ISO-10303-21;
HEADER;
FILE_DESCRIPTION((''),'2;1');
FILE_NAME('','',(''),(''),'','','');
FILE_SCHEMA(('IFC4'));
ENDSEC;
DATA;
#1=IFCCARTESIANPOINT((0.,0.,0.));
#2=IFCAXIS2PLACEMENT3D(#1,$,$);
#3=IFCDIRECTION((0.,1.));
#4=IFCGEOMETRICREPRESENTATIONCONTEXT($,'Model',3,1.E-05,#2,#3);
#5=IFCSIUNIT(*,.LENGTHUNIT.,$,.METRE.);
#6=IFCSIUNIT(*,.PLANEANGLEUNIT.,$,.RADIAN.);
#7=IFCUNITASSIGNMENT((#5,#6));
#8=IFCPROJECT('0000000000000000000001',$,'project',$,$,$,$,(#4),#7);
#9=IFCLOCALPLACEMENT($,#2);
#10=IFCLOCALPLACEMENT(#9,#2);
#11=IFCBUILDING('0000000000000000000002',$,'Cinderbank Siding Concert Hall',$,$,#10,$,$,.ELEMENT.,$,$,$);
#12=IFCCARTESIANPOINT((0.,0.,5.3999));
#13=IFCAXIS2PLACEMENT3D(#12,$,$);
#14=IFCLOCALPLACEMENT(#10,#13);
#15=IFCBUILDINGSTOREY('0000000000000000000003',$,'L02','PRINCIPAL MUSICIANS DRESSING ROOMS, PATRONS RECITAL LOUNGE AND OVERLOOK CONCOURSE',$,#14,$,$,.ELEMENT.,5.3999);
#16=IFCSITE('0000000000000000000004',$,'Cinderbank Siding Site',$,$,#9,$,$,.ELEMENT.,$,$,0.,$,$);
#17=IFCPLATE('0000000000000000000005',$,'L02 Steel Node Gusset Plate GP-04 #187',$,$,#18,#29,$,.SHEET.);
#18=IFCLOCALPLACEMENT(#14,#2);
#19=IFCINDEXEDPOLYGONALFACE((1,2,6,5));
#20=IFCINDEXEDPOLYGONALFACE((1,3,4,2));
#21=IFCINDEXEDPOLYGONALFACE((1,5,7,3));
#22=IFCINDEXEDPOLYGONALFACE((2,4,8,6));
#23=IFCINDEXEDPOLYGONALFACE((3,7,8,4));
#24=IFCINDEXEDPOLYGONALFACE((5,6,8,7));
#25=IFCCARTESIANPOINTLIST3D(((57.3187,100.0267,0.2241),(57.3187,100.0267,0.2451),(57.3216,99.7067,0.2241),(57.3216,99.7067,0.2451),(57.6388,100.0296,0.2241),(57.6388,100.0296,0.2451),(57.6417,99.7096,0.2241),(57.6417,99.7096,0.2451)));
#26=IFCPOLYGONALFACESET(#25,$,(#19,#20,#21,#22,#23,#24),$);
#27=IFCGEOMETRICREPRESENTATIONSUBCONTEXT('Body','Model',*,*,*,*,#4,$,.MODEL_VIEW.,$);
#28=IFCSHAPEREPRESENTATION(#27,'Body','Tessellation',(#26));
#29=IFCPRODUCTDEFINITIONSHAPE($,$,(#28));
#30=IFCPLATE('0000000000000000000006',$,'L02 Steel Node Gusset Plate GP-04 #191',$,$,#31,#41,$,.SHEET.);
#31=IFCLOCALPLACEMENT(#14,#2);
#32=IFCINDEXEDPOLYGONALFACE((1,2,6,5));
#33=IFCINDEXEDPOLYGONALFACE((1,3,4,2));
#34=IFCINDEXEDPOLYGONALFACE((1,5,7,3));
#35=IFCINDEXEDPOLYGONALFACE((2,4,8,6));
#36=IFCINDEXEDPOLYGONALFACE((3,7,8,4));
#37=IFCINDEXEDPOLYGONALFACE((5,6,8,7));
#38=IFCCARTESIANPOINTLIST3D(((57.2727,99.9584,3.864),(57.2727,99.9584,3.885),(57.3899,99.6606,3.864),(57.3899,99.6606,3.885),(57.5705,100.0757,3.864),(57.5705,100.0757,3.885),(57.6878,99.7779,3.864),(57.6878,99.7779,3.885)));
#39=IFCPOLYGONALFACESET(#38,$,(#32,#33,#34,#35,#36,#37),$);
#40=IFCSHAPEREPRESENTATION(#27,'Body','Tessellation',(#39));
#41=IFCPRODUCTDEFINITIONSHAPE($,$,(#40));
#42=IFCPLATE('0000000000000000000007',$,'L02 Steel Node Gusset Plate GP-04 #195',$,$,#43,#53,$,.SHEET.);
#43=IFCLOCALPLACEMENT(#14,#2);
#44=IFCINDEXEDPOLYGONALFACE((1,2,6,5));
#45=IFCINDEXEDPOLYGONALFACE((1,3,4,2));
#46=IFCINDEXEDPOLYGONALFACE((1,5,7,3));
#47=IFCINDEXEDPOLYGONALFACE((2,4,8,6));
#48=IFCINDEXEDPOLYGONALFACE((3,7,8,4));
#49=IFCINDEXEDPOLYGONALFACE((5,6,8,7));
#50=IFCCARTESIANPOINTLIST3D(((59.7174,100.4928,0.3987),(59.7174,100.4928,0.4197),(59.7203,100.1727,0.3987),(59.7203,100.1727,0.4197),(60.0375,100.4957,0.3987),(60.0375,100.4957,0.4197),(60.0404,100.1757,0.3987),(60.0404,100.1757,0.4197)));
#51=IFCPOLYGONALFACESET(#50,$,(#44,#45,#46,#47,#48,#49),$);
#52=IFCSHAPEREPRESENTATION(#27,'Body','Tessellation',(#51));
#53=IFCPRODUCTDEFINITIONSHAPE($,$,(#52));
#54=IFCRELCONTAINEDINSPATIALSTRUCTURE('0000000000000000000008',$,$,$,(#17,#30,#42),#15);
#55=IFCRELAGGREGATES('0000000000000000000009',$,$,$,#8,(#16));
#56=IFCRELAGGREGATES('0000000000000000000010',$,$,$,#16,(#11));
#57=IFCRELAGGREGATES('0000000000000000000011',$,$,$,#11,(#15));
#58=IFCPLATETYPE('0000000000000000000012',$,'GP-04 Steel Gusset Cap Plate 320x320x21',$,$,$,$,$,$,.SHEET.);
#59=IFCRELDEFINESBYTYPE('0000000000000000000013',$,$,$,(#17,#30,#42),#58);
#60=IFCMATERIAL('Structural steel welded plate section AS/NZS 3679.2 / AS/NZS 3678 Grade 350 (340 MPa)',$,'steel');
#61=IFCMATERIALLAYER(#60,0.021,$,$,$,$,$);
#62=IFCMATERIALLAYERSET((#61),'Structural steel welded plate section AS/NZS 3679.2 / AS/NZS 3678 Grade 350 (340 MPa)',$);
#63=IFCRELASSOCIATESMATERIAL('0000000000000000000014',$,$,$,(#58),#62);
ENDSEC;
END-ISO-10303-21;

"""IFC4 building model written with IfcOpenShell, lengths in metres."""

from ifc_helpers import new_model, si_unit, direction, frame, origin, origin_2d, place, context, subcontext, project, spatial, rectangle, extrude, material, layer, layer_set, type_object, element, save


model = new_model("IFC4")

# Units and contexts
model_context = context("Model", 3, precision=1e-05, world=origin(), true_north=direction((0.0, 1.0)))
body_context = subcontext(model_context, "Body", "Model", "MODEL_VIEW")
ifc_project = project(units=[si_unit("LENGTHUNIT", "METRE"), si_unit("PLANEANGLEUNIT", "RADIAN")], contexts=[model_context])

# Site, building, storey
site_placement = place(None, origin())
site = spatial("IfcSite", under=ifc_project, at=site_placement, Name="Cinderbank Siding Site", CompositionType="ELEMENT", RefElevation=0.0)
building_placement = place(site_placement, origin())
building = spatial("IfcBuilding", under=site, at=building_placement, Name="Cinderbank Siding Concert Hall", CompositionType="ELEMENT")
storey_placement = place(building_placement, frame((0.0, 0.0, 5.3999)))
storey = spatial("IfcBuildingStorey", under=building, at=storey_placement, Name="L02", Description="PRINCIPAL MUSICIANS DRESSING ROOMS, PATRONS RECITAL LOUNGE AND OVERLOOK CONCOURSE", CompositionType="ELEMENT", Elevation=5.3999)

# Plates
ifc_material_1 = material(Name="Structural steel welded plate section AS/NZS 3679.2 / AS/NZS 3678 Grade 350 (340 MPa)", Category="steel")
ifc_layer_1 = layer(ifc_material_1, 0.021)
ifc_layer_set_1 = layer_set([ifc_layer_1], Name="Structural steel welded plate section AS/NZS 3679.2 / AS/NZS 3678 Grade 350 (340 MPa)")
plate_type_1 = type_object("IfcPlateType", Name="GP-04 Steel Gusset Cap Plate 320x320x21", PredefinedType="SHEET", material=ifc_layer_set_1)
for number, where, z_axis, x_axis, name in (
    (1, (57.4802, 99.8682, 0.2241), (0.0, 0.0, 1.0), (-0.009076, 0.999959, 0.0), "L02 Steel Node Gusset Plate GP-04 #187"),
    (2, (57.4802, 99.8682, 3.864), (0.0, 0.0, 1.0), (0.366339, -0.930482, 0.0), "L02 Steel Node Gusset Plate GP-04 #191"),
    (3, (59.8789, 100.3342, 0.3987), (0.0, 0.0, 1.0), (-0.009076, 0.999959, 0.0), "L02 Steel Node Gusset Plate GP-04 #195"),
):
    element("IfcPlate", number, at=place(storey_placement, frame(where, z_axis=z_axis, x_axis=x_axis)), inside=storey, type_object=plate_type_1, Name=name, PredefinedType="SHEET", context=body_context, shape_type="SweptSolid", body=[
        extrude(rectangle(XDim=0.3201, YDim=0.3201, at=origin_2d()), origin(), (0.0, 0.0, 1.0), 0.021),
    ])

save(model, "model.ifc")
